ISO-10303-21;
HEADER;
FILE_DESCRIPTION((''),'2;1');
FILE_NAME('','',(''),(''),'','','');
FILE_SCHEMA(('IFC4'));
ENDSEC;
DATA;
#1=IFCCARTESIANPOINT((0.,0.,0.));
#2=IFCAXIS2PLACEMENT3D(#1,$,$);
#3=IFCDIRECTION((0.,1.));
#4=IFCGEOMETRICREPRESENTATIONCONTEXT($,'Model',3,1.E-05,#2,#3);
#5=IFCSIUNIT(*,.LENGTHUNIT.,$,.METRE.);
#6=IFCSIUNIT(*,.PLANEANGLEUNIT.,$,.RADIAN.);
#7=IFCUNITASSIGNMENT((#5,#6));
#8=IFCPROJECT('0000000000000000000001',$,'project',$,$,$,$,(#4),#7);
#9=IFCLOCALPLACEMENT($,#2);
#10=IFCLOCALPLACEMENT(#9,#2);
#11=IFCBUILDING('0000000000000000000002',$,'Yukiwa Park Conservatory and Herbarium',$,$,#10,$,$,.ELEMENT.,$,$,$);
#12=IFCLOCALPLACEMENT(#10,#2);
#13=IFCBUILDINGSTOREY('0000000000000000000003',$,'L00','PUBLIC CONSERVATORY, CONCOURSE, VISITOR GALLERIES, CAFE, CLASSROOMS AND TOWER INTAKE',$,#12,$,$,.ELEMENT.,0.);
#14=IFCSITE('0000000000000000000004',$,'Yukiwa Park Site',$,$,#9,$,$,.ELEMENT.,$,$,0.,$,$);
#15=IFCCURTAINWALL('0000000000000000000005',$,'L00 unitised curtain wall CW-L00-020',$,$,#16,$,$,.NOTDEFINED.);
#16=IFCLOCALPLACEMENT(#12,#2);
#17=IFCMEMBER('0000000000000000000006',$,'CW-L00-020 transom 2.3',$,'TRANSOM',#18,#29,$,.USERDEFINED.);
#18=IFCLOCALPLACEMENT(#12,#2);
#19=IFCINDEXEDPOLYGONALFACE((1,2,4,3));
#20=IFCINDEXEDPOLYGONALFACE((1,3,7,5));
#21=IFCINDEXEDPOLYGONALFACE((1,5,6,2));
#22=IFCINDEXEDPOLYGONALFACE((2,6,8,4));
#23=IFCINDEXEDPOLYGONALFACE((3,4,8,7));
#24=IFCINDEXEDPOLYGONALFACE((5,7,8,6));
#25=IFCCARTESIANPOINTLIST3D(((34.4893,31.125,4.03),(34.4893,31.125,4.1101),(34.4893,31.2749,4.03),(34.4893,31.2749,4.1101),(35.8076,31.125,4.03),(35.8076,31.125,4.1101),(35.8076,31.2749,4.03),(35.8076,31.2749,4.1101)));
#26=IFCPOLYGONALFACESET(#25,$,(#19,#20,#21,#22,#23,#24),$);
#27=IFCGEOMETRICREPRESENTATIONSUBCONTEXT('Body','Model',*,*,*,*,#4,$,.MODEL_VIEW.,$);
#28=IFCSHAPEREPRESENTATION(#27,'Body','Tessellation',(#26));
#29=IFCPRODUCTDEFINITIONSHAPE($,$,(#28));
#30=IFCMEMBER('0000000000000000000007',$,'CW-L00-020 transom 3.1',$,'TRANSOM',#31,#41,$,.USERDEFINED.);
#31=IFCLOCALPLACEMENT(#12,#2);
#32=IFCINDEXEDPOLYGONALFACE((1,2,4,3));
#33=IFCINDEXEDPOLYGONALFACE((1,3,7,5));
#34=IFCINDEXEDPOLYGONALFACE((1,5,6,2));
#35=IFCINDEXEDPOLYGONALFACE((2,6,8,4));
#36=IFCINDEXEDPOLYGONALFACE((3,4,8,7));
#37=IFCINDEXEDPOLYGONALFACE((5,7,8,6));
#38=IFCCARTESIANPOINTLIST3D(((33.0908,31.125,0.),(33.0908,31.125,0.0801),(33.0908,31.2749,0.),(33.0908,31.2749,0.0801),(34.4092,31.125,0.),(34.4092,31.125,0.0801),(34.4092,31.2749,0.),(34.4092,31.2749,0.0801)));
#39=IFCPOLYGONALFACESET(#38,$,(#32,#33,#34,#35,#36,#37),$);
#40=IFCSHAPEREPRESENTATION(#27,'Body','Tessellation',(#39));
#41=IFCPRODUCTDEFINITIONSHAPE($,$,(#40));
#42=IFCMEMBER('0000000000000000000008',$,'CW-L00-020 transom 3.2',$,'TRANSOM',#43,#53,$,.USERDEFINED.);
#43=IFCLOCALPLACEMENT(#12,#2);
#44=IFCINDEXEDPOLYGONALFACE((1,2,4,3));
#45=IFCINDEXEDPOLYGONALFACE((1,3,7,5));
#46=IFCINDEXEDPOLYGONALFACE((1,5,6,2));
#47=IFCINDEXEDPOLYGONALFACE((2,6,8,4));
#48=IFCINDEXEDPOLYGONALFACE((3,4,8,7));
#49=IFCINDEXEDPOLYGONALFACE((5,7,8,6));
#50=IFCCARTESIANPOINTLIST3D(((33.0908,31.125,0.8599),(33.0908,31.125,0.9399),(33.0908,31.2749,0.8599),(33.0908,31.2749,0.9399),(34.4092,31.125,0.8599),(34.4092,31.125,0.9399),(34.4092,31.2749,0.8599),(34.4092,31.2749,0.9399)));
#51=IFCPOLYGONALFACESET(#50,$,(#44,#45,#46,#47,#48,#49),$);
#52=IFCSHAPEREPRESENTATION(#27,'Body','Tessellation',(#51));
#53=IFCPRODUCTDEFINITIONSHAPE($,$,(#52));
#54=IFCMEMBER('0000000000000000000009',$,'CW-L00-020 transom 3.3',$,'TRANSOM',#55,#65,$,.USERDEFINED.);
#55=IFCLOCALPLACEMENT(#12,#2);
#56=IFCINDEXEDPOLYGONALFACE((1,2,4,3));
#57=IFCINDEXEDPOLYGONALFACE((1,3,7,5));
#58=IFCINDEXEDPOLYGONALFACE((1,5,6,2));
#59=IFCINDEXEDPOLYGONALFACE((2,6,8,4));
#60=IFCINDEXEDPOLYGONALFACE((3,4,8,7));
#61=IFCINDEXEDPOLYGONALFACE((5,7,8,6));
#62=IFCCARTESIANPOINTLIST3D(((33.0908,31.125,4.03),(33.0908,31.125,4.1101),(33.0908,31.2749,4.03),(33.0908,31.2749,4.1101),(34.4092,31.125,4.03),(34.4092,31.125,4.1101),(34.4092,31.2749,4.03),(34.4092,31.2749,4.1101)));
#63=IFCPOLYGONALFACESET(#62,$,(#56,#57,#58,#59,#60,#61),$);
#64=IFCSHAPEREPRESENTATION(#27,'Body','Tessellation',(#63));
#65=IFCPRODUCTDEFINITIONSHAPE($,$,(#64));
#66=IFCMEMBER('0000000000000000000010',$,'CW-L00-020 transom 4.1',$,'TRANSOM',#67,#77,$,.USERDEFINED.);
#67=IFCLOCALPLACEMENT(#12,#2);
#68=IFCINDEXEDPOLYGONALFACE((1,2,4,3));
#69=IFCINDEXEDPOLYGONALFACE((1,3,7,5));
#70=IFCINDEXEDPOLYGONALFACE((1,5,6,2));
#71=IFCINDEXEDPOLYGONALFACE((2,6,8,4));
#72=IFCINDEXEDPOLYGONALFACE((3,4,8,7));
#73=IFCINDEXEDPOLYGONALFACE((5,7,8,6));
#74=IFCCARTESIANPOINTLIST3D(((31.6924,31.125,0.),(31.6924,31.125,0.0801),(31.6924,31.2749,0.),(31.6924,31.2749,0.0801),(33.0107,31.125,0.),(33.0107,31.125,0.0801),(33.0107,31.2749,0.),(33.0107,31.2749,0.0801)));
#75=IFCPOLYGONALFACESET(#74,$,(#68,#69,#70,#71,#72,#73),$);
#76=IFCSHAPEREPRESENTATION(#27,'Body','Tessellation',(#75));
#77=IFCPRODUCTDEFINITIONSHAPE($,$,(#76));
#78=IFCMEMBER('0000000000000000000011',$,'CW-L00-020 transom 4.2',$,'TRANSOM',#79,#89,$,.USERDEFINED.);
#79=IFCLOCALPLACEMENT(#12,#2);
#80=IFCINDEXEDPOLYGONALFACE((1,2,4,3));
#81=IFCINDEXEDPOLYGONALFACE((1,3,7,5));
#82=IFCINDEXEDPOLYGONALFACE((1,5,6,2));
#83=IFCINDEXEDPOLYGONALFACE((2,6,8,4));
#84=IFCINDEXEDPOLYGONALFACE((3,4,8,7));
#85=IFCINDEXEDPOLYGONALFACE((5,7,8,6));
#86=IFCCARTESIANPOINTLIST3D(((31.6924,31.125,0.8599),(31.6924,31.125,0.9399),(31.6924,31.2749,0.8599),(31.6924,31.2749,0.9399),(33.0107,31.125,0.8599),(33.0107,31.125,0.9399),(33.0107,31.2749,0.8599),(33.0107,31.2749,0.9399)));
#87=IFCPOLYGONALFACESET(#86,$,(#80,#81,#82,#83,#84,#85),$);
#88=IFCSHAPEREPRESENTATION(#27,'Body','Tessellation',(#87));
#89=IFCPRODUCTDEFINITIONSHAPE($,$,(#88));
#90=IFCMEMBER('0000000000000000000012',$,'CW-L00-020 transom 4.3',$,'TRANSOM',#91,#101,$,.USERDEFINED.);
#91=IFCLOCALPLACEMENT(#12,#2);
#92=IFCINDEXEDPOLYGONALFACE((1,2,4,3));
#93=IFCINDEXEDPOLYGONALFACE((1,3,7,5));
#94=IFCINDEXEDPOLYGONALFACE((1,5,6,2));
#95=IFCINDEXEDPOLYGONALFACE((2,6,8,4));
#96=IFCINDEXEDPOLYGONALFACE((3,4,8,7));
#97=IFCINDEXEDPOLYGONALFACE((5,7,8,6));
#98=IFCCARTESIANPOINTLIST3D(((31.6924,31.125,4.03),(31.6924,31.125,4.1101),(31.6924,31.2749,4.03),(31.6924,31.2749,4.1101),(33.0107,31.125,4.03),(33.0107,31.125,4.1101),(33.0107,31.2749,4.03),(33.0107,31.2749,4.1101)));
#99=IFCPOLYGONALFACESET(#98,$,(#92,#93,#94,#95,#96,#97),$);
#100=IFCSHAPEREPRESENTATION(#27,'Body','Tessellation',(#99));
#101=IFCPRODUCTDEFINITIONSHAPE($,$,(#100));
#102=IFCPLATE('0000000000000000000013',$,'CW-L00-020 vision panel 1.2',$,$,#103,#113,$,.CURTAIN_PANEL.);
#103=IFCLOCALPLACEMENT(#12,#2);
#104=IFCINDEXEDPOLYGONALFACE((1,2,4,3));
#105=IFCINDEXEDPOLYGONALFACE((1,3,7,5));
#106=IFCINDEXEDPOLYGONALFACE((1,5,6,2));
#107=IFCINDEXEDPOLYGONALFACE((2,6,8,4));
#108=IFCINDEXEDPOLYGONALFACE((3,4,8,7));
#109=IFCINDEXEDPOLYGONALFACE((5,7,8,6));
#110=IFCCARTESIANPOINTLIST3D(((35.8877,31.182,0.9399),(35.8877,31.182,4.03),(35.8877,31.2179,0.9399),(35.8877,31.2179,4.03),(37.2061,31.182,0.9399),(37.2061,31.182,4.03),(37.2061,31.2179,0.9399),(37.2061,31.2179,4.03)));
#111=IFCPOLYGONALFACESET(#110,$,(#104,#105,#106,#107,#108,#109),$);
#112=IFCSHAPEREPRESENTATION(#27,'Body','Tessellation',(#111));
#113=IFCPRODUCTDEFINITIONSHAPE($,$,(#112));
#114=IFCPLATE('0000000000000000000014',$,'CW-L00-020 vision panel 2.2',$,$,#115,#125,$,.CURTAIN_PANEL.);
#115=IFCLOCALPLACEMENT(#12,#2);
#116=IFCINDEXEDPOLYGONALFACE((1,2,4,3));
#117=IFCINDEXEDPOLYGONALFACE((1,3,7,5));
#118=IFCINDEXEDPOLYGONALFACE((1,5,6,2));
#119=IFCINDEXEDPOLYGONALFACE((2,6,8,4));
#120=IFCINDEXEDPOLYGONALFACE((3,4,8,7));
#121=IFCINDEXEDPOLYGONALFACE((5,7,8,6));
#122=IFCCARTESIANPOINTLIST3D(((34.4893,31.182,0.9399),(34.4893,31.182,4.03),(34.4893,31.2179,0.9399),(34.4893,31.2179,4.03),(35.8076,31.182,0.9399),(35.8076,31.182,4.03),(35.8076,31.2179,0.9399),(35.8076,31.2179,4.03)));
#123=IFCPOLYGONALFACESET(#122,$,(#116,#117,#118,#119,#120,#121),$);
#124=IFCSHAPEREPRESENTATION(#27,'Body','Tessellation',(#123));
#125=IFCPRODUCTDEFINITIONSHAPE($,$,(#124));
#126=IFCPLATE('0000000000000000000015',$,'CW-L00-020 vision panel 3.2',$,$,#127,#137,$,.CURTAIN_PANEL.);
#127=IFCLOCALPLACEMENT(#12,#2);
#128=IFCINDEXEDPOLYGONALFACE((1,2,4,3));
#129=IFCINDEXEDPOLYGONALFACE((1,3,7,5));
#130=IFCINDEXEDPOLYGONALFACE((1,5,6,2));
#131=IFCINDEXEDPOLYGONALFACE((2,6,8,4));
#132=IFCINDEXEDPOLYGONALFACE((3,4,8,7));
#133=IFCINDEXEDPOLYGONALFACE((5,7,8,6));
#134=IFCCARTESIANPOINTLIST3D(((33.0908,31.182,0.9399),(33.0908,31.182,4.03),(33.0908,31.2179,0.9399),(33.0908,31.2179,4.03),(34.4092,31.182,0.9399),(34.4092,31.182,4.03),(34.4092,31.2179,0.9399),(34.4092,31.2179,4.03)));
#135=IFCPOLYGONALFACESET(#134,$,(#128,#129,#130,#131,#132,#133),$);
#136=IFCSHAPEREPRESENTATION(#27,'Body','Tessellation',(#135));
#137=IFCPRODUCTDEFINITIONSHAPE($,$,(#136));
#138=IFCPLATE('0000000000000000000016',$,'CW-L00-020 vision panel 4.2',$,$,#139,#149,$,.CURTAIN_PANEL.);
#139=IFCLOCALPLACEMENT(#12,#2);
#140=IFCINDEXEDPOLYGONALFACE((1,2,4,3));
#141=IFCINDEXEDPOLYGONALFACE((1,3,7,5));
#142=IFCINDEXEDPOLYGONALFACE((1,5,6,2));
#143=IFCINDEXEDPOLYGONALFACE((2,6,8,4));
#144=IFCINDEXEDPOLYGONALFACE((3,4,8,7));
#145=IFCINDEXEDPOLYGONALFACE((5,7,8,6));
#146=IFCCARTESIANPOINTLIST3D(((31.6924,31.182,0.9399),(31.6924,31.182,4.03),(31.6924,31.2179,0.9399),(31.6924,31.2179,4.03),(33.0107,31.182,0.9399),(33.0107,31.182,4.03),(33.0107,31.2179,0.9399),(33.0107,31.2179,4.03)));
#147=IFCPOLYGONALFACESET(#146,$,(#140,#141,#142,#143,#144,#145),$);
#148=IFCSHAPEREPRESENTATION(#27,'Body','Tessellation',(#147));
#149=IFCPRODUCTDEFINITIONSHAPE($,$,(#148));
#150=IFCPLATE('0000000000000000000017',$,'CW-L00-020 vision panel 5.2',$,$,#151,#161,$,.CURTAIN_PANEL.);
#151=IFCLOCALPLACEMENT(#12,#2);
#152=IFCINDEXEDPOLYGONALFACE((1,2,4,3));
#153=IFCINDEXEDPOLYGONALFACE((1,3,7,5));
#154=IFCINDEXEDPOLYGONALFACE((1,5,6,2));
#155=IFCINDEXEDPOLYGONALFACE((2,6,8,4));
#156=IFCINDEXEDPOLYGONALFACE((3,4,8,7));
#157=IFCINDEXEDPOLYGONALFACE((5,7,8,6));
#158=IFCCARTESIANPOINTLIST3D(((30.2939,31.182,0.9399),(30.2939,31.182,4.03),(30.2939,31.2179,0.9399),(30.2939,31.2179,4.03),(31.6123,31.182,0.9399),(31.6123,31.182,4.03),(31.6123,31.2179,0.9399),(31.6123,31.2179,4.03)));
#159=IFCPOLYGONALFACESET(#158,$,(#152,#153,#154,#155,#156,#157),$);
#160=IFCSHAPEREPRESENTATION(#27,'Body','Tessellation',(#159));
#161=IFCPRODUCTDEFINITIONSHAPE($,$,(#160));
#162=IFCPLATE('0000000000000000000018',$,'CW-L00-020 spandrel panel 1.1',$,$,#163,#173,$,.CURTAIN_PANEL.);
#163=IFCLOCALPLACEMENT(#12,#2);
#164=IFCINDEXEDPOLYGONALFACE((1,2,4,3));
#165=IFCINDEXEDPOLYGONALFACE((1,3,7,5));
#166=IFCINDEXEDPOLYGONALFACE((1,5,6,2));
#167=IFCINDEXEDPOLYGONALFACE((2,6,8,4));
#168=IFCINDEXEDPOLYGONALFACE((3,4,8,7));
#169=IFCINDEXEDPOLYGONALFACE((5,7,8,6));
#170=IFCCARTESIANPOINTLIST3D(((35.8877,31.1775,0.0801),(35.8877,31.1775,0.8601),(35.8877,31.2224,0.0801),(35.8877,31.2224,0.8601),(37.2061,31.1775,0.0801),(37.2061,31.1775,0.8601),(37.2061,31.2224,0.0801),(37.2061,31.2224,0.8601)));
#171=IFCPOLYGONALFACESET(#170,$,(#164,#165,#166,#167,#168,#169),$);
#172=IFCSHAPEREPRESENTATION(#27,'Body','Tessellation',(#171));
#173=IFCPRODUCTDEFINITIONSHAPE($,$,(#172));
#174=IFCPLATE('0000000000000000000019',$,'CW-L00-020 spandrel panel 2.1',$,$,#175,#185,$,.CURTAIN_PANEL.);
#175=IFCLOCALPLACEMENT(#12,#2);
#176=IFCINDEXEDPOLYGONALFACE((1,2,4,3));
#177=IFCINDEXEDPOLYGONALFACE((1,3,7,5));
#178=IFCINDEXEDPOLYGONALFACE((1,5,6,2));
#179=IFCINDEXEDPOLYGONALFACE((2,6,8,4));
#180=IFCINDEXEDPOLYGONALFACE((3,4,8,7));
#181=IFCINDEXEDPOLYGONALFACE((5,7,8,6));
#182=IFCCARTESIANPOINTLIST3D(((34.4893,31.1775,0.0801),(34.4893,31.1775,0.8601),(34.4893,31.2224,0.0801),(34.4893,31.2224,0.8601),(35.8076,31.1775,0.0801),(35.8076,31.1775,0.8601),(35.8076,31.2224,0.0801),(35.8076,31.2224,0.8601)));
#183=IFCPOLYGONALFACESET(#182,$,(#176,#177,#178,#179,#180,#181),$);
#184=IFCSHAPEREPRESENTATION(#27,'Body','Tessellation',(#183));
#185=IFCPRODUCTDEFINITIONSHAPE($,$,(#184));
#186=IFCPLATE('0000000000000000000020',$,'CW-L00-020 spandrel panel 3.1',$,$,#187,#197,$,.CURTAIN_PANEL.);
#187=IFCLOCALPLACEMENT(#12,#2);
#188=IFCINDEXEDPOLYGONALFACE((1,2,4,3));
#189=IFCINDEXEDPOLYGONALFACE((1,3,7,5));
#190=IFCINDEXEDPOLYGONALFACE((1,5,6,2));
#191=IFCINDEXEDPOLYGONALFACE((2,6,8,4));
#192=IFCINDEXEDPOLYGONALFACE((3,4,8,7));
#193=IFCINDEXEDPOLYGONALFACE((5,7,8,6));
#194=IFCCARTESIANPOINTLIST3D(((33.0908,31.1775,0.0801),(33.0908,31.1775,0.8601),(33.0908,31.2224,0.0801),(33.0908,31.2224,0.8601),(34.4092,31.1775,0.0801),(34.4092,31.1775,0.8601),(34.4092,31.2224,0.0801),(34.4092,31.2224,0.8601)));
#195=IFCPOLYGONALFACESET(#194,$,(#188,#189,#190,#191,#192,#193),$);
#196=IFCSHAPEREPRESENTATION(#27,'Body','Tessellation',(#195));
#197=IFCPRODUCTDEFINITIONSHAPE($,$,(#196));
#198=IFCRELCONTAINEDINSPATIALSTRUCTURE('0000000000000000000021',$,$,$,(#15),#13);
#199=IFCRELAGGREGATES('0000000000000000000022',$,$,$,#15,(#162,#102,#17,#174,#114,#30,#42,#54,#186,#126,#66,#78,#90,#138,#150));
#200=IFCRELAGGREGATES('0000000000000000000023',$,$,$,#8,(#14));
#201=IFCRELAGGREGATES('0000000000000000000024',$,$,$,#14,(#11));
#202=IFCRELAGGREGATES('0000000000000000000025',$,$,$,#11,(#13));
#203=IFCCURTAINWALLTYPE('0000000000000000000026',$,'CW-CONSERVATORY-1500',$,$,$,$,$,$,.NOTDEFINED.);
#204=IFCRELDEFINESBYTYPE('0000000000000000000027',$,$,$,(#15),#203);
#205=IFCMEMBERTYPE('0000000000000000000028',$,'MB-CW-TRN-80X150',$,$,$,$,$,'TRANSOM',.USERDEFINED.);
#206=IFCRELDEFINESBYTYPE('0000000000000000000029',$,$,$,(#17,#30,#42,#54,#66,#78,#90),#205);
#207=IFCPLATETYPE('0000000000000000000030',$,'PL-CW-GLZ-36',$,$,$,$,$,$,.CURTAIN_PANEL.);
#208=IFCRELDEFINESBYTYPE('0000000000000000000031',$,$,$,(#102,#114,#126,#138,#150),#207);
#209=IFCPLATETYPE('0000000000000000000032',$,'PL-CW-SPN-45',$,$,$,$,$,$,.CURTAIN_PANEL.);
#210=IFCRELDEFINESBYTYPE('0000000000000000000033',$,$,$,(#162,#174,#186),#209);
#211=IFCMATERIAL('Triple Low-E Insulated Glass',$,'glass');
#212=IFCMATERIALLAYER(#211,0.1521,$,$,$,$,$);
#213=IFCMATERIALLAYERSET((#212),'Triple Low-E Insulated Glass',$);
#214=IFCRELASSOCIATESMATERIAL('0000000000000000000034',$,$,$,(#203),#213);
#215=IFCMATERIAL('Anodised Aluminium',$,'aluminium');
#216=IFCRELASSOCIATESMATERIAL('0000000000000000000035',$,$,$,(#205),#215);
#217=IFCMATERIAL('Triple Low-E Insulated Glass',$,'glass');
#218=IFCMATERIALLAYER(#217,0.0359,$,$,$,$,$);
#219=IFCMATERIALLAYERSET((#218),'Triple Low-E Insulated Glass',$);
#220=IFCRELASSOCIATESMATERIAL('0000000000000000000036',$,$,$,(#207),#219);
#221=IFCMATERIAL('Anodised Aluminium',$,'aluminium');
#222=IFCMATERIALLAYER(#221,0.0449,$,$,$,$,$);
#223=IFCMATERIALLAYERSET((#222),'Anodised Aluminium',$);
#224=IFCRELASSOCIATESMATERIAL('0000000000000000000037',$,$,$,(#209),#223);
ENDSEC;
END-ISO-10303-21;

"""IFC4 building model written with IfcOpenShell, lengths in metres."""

from ifc_helpers import new_model, si_unit, direction, frame, origin, origin_2d, place, context, subcontext, project, spatial, rectangle, extrude, material, layer, layer_set, type_object, element, aggregate, save


model = new_model("IFC4")

# Units and contexts
model_context = context("Model", 3, precision=1e-05, world=origin(), true_north=direction((0.0, 1.0)))
body_context = subcontext(model_context, "Body", "Model", "MODEL_VIEW")
ifc_project = project(units=[si_unit("LENGTHUNIT", "METRE"), si_unit("PLANEANGLEUNIT", "RADIAN")], contexts=[model_context])

# Site, building, storey
site_placement = place(None, origin())
site = spatial("IfcSite", under=ifc_project, at=site_placement, Name="Yukiwa Park Site", CompositionType="ELEMENT", RefElevation=0.0)
building_placement = place(site_placement, origin())
building = spatial("IfcBuilding", under=site, at=building_placement, Name="Yukiwa Park Conservatory and Herbarium", CompositionType="ELEMENT")
storey_placement = place(building_placement, origin())
storey = spatial("IfcBuildingStorey", under=building, at=storey_placement, Name="L00", Description="PUBLIC CONSERVATORY, CONCOURSE, VISITOR GALLERIES, CAFE, CLASSROOMS AND TOWER INTAKE", CompositionType="ELEMENT", Elevation=0.0)

# Curtain wall, members, plates
ifc_material_1 = material(Name="Triple Low-E Insulated Glass", Category="glass")
ifc_layer_1 = layer(ifc_material_1, 0.1521)
ifc_layer_set_1 = layer_set([ifc_layer_1], Name="Triple Low-E Insulated Glass")
curtain_wall_type = type_object("IfcCurtainWallType", Name="CW-CONSERVATORY-1500", PredefinedType="NOTDEFINED", material=ifc_layer_set_1)
curtain_wall_placement = place(storey_placement, origin())
curtain_wall = element("IfcCurtainWall", 1, at=curtain_wall_placement, inside=storey, type_object=curtain_wall_type, Name="L00 unitised curtain wall CW-L00-020", PredefinedType="NOTDEFINED")
ifc_material_2 = material(Name="Anodised Aluminium", Category="aluminium")
member_type_1 = type_object("IfcMemberType", Name="MB-CW-TRN-80X150", ElementType="TRANSOM", PredefinedType="USERDEFINED", material=ifc_material_2)
member_1_placement = place(storey_placement, frame((35.1484, 31.2, 4.03), z_axis=(0.0, 0.0, 1.0), x_axis=(-1.0, 0.0, 0.0)))
member_1 = element("IfcMember", 2, at=member_1_placement, type_object=member_type_1, Name="CW-L00-020 transom 2.3", ObjectType="TRANSOM", PredefinedType="USERDEFINED", context=body_context, shape_type="SweptSolid", body=[
    extrude(rectangle(XDim=1.3184, YDim=0.1499, at=origin_2d()), origin(), (0.0, 0.0, 1.0), 0.0801),
])
member_2_placement = place(storey_placement, frame((33.75, 31.2, 0.0), z_axis=(0.0, 0.0, 1.0), x_axis=(-1.0, 0.0, 0.0)))
member_2 = element("IfcMember", 3, at=member_2_placement, type_object=member_type_1, Name="CW-L00-020 transom 3.1", ObjectType="TRANSOM", PredefinedType="USERDEFINED", context=body_context, shape_type="SweptSolid", body=[
    extrude(rectangle(XDim=1.3184, YDim=0.1499, at=origin_2d()), origin(), (0.0, 0.0, 1.0), 0.0801),
])
member_3_placement = place(storey_placement, frame((33.75, 31.2, 0.8599), z_axis=(0.0, 0.0, 1.0), x_axis=(-1.0, 0.0, 0.0)))
member_3 = element("IfcMember", 4, at=member_3_placement, type_object=member_type_1, Name="CW-L00-020 transom 3.2", ObjectType="TRANSOM", PredefinedType="USERDEFINED", context=body_context, shape_type="SweptSolid", body=[
    extrude(rectangle(XDim=1.3184, YDim=0.1499, at=origin_2d()), origin(), (0.0, 0.0, 1.0), 0.0801),
])
member_4_placement = place(storey_placement, frame((33.75, 31.2, 4.03), z_axis=(0.0, 0.0, 1.0), x_axis=(-1.0, 0.0, 0.0)))
member_4 = element("IfcMember", 5, at=member_4_placement, type_object=member_type_1, Name="CW-L00-020 transom 3.3", ObjectType="TRANSOM", PredefinedType="USERDEFINED", context=body_context, shape_type="SweptSolid", body=[
    extrude(rectangle(XDim=1.3184, YDim=0.1499, at=origin_2d()), origin(), (0.0, 0.0, 1.0), 0.0801),
])
member_5_placement = place(storey_placement, frame((32.3516, 31.2, 0.0), z_axis=(0.0, 0.0, 1.0), x_axis=(-1.0, 0.0, 0.0)))
member_5 = element("IfcMember", 6, at=member_5_placement, type_object=member_type_1, Name="CW-L00-020 transom 4.1", ObjectType="TRANSOM", PredefinedType="USERDEFINED", context=body_context, shape_type="SweptSolid", body=[
    extrude(rectangle(XDim=1.3184, YDim=0.1499, at=origin_2d()), origin(), (0.0, 0.0, 1.0), 0.0801),
])
member_6_placement = place(storey_placement, frame((32.3516, 31.2, 0.8599), z_axis=(0.0, 0.0, 1.0), x_axis=(-1.0, 0.0, 0.0)))
member_6 = element("IfcMember", 7, at=member_6_placement, type_object=member_type_1, Name="CW-L00-020 transom 4.2", ObjectType="TRANSOM", PredefinedType="USERDEFINED", context=body_context, shape_type="SweptSolid", body=[
    extrude(rectangle(XDim=1.3184, YDim=0.1499, at=origin_2d()), origin(), (0.0, 0.0, 1.0), 0.0801),
])
member_7_placement = place(storey_placement, frame((32.3516, 31.2, 4.03), z_axis=(0.0, 0.0, 1.0), x_axis=(-1.0, 0.0, 0.0)))
member_7 = element("IfcMember", 8, at=member_7_placement, type_object=member_type_1, Name="CW-L00-020 transom 4.3", ObjectType="TRANSOM", PredefinedType="USERDEFINED", context=body_context, shape_type="SweptSolid", body=[
    extrude(rectangle(XDim=1.3184, YDim=0.1499, at=origin_2d()), origin(), (0.0, 0.0, 1.0), 0.0801),
])
ifc_material_3 = material(Name="Triple Low-E Insulated Glass", Category="glass")
ifc_layer_2 = layer(ifc_material_3, 0.0359)
ifc_layer_set_2 = layer_set([ifc_layer_2], Name="Triple Low-E Insulated Glass")
plate_type_1 = type_object("IfcPlateType", Name="PL-CW-GLZ-36", PredefinedType="CURTAIN_PANEL", material=ifc_layer_set_2)
plate_1_placement = place(storey_placement, frame((36.5469, 31.2, 0.9399), z_axis=(0.0, 0.0, 1.0), x_axis=(-1.0, 0.0, 0.0)))
plate_1 = element("IfcPlate", 9, at=plate_1_placement, type_object=plate_type_1, Name="CW-L00-020 vision panel 1.2", PredefinedType="CURTAIN_PANEL", context=body_context, shape_type="SweptSolid", body=[
    extrude(rectangle(XDim=1.3184, YDim=0.0359, at=origin_2d()), origin(), (0.0, 0.0, 1.0), 3.0901),
])
plate_2_placement = place(storey_placement, frame((35.1484, 31.2, 0.9399), z_axis=(0.0, 0.0, 1.0), x_axis=(-1.0, 0.0, 0.0)))
plate_2 = element("IfcPlate", 10, at=plate_2_placement, type_object=plate_type_1, Name="CW-L00-020 vision panel 2.2", PredefinedType="CURTAIN_PANEL", context=body_context, shape_type="SweptSolid", body=[
    extrude(rectangle(XDim=1.3184, YDim=0.0359, at=origin_2d()), origin(), (0.0, 0.0, 1.0), 3.0901),
])
plate_3_placement = place(storey_placement, frame((33.75, 31.2, 0.9399), z_axis=(0.0, 0.0, 1.0), x_axis=(-1.0, 0.0, 0.0)))
plate_3 = element("IfcPlate", 11, at=plate_3_placement, type_object=plate_type_1, Name="CW-L00-020 vision panel 3.2", PredefinedType="CURTAIN_PANEL", context=body_context, shape_type="SweptSolid", body=[
    extrude(rectangle(XDim=1.3184, YDim=0.0359, at=origin_2d()), origin(), (0.0, 0.0, 1.0), 3.0901),
])
plate_4_placement = place(storey_placement, frame((32.3516, 31.2, 0.9399), z_axis=(0.0, 0.0, 1.0), x_axis=(-1.0, 0.0, 0.0)))
plate_4 = element("IfcPlate", 12, at=plate_4_placement, type_object=plate_type_1, Name="CW-L00-020 vision panel 4.2", PredefinedType="CURTAIN_PANEL", context=body_context, shape_type="SweptSolid", body=[
    extrude(rectangle(XDim=1.3184, YDim=0.0359, at=origin_2d()), origin(), (0.0, 0.0, 1.0), 3.0901),
])
plate_5_placement = place(storey_placement, frame((30.9531, 31.2, 0.9399), z_axis=(0.0, 0.0, 1.0), x_axis=(-1.0, 0.0, 0.0)))
plate_5 = element("IfcPlate", 13, at=plate_5_placement, type_object=plate_type_1, Name="CW-L00-020 vision panel 5.2", PredefinedType="CURTAIN_PANEL", context=body_context, shape_type="SweptSolid", body=[
    extrude(rectangle(XDim=1.3184, YDim=0.0359, at=origin_2d()), origin(), (0.0, 0.0, 1.0), 3.0901),
])
ifc_material_4 = material(Name="Anodised Aluminium", Category="aluminium")
ifc_layer_3 = layer(ifc_material_4, 0.0449)
ifc_layer_set_3 = layer_set([ifc_layer_3], Name="Anodised Aluminium")
plate_type_2 = type_object("IfcPlateType", Name="PL-CW-SPN-45", PredefinedType="CURTAIN_PANEL", material=ifc_layer_set_3)
plate_6_placement = place(storey_placement, frame((36.5469, 31.2, 0.0801), z_axis=(0.0, 0.0, 1.0), x_axis=(-1.0, 0.0, 0.0)))
plate_6 = element("IfcPlate", 14, at=plate_6_placement, type_object=plate_type_2, Name="CW-L00-020 spandrel panel 1.1", PredefinedType="CURTAIN_PANEL", context=body_context, shape_type="SweptSolid", body=[
    extrude(rectangle(XDim=1.3184, YDim=0.0449, at=origin_2d()), origin(), (0.0, 0.0, 1.0), 0.78),
])
plate_7_placement = place(storey_placement, frame((35.1484, 31.2, 0.0801), z_axis=(0.0, 0.0, 1.0), x_axis=(-1.0, 0.0, 0.0)))
plate_7 = element("IfcPlate", 15, at=plate_7_placement, type_object=plate_type_2, Name="CW-L00-020 spandrel panel 2.1", PredefinedType="CURTAIN_PANEL", context=body_context, shape_type="SweptSolid", body=[
    extrude(rectangle(XDim=1.3184, YDim=0.0449, at=origin_2d()), origin(), (0.0, 0.0, 1.0), 0.78),
])
plate_8_placement = place(storey_placement, frame((33.75, 31.2, 0.0801), z_axis=(0.0, 0.0, 1.0), x_axis=(-1.0, 0.0, 0.0)))
plate_8 = element("IfcPlate", 16, at=plate_8_placement, type_object=plate_type_2, Name="CW-L00-020 spandrel panel 3.1", PredefinedType="CURTAIN_PANEL", context=body_context, shape_type="SweptSolid", body=[
    extrude(rectangle(XDim=1.3184, YDim=0.0449, at=origin_2d()), origin(), (0.0, 0.0, 1.0), 0.78),
])
aggregate(curtain_wall, [plate_6, plate_1, member_1, plate_7, plate_2, member_2, member_3, member_4, plate_8, plate_3, member_5, member_6, member_7, plate_4, plate_5])

save(model, "model.ifc")
